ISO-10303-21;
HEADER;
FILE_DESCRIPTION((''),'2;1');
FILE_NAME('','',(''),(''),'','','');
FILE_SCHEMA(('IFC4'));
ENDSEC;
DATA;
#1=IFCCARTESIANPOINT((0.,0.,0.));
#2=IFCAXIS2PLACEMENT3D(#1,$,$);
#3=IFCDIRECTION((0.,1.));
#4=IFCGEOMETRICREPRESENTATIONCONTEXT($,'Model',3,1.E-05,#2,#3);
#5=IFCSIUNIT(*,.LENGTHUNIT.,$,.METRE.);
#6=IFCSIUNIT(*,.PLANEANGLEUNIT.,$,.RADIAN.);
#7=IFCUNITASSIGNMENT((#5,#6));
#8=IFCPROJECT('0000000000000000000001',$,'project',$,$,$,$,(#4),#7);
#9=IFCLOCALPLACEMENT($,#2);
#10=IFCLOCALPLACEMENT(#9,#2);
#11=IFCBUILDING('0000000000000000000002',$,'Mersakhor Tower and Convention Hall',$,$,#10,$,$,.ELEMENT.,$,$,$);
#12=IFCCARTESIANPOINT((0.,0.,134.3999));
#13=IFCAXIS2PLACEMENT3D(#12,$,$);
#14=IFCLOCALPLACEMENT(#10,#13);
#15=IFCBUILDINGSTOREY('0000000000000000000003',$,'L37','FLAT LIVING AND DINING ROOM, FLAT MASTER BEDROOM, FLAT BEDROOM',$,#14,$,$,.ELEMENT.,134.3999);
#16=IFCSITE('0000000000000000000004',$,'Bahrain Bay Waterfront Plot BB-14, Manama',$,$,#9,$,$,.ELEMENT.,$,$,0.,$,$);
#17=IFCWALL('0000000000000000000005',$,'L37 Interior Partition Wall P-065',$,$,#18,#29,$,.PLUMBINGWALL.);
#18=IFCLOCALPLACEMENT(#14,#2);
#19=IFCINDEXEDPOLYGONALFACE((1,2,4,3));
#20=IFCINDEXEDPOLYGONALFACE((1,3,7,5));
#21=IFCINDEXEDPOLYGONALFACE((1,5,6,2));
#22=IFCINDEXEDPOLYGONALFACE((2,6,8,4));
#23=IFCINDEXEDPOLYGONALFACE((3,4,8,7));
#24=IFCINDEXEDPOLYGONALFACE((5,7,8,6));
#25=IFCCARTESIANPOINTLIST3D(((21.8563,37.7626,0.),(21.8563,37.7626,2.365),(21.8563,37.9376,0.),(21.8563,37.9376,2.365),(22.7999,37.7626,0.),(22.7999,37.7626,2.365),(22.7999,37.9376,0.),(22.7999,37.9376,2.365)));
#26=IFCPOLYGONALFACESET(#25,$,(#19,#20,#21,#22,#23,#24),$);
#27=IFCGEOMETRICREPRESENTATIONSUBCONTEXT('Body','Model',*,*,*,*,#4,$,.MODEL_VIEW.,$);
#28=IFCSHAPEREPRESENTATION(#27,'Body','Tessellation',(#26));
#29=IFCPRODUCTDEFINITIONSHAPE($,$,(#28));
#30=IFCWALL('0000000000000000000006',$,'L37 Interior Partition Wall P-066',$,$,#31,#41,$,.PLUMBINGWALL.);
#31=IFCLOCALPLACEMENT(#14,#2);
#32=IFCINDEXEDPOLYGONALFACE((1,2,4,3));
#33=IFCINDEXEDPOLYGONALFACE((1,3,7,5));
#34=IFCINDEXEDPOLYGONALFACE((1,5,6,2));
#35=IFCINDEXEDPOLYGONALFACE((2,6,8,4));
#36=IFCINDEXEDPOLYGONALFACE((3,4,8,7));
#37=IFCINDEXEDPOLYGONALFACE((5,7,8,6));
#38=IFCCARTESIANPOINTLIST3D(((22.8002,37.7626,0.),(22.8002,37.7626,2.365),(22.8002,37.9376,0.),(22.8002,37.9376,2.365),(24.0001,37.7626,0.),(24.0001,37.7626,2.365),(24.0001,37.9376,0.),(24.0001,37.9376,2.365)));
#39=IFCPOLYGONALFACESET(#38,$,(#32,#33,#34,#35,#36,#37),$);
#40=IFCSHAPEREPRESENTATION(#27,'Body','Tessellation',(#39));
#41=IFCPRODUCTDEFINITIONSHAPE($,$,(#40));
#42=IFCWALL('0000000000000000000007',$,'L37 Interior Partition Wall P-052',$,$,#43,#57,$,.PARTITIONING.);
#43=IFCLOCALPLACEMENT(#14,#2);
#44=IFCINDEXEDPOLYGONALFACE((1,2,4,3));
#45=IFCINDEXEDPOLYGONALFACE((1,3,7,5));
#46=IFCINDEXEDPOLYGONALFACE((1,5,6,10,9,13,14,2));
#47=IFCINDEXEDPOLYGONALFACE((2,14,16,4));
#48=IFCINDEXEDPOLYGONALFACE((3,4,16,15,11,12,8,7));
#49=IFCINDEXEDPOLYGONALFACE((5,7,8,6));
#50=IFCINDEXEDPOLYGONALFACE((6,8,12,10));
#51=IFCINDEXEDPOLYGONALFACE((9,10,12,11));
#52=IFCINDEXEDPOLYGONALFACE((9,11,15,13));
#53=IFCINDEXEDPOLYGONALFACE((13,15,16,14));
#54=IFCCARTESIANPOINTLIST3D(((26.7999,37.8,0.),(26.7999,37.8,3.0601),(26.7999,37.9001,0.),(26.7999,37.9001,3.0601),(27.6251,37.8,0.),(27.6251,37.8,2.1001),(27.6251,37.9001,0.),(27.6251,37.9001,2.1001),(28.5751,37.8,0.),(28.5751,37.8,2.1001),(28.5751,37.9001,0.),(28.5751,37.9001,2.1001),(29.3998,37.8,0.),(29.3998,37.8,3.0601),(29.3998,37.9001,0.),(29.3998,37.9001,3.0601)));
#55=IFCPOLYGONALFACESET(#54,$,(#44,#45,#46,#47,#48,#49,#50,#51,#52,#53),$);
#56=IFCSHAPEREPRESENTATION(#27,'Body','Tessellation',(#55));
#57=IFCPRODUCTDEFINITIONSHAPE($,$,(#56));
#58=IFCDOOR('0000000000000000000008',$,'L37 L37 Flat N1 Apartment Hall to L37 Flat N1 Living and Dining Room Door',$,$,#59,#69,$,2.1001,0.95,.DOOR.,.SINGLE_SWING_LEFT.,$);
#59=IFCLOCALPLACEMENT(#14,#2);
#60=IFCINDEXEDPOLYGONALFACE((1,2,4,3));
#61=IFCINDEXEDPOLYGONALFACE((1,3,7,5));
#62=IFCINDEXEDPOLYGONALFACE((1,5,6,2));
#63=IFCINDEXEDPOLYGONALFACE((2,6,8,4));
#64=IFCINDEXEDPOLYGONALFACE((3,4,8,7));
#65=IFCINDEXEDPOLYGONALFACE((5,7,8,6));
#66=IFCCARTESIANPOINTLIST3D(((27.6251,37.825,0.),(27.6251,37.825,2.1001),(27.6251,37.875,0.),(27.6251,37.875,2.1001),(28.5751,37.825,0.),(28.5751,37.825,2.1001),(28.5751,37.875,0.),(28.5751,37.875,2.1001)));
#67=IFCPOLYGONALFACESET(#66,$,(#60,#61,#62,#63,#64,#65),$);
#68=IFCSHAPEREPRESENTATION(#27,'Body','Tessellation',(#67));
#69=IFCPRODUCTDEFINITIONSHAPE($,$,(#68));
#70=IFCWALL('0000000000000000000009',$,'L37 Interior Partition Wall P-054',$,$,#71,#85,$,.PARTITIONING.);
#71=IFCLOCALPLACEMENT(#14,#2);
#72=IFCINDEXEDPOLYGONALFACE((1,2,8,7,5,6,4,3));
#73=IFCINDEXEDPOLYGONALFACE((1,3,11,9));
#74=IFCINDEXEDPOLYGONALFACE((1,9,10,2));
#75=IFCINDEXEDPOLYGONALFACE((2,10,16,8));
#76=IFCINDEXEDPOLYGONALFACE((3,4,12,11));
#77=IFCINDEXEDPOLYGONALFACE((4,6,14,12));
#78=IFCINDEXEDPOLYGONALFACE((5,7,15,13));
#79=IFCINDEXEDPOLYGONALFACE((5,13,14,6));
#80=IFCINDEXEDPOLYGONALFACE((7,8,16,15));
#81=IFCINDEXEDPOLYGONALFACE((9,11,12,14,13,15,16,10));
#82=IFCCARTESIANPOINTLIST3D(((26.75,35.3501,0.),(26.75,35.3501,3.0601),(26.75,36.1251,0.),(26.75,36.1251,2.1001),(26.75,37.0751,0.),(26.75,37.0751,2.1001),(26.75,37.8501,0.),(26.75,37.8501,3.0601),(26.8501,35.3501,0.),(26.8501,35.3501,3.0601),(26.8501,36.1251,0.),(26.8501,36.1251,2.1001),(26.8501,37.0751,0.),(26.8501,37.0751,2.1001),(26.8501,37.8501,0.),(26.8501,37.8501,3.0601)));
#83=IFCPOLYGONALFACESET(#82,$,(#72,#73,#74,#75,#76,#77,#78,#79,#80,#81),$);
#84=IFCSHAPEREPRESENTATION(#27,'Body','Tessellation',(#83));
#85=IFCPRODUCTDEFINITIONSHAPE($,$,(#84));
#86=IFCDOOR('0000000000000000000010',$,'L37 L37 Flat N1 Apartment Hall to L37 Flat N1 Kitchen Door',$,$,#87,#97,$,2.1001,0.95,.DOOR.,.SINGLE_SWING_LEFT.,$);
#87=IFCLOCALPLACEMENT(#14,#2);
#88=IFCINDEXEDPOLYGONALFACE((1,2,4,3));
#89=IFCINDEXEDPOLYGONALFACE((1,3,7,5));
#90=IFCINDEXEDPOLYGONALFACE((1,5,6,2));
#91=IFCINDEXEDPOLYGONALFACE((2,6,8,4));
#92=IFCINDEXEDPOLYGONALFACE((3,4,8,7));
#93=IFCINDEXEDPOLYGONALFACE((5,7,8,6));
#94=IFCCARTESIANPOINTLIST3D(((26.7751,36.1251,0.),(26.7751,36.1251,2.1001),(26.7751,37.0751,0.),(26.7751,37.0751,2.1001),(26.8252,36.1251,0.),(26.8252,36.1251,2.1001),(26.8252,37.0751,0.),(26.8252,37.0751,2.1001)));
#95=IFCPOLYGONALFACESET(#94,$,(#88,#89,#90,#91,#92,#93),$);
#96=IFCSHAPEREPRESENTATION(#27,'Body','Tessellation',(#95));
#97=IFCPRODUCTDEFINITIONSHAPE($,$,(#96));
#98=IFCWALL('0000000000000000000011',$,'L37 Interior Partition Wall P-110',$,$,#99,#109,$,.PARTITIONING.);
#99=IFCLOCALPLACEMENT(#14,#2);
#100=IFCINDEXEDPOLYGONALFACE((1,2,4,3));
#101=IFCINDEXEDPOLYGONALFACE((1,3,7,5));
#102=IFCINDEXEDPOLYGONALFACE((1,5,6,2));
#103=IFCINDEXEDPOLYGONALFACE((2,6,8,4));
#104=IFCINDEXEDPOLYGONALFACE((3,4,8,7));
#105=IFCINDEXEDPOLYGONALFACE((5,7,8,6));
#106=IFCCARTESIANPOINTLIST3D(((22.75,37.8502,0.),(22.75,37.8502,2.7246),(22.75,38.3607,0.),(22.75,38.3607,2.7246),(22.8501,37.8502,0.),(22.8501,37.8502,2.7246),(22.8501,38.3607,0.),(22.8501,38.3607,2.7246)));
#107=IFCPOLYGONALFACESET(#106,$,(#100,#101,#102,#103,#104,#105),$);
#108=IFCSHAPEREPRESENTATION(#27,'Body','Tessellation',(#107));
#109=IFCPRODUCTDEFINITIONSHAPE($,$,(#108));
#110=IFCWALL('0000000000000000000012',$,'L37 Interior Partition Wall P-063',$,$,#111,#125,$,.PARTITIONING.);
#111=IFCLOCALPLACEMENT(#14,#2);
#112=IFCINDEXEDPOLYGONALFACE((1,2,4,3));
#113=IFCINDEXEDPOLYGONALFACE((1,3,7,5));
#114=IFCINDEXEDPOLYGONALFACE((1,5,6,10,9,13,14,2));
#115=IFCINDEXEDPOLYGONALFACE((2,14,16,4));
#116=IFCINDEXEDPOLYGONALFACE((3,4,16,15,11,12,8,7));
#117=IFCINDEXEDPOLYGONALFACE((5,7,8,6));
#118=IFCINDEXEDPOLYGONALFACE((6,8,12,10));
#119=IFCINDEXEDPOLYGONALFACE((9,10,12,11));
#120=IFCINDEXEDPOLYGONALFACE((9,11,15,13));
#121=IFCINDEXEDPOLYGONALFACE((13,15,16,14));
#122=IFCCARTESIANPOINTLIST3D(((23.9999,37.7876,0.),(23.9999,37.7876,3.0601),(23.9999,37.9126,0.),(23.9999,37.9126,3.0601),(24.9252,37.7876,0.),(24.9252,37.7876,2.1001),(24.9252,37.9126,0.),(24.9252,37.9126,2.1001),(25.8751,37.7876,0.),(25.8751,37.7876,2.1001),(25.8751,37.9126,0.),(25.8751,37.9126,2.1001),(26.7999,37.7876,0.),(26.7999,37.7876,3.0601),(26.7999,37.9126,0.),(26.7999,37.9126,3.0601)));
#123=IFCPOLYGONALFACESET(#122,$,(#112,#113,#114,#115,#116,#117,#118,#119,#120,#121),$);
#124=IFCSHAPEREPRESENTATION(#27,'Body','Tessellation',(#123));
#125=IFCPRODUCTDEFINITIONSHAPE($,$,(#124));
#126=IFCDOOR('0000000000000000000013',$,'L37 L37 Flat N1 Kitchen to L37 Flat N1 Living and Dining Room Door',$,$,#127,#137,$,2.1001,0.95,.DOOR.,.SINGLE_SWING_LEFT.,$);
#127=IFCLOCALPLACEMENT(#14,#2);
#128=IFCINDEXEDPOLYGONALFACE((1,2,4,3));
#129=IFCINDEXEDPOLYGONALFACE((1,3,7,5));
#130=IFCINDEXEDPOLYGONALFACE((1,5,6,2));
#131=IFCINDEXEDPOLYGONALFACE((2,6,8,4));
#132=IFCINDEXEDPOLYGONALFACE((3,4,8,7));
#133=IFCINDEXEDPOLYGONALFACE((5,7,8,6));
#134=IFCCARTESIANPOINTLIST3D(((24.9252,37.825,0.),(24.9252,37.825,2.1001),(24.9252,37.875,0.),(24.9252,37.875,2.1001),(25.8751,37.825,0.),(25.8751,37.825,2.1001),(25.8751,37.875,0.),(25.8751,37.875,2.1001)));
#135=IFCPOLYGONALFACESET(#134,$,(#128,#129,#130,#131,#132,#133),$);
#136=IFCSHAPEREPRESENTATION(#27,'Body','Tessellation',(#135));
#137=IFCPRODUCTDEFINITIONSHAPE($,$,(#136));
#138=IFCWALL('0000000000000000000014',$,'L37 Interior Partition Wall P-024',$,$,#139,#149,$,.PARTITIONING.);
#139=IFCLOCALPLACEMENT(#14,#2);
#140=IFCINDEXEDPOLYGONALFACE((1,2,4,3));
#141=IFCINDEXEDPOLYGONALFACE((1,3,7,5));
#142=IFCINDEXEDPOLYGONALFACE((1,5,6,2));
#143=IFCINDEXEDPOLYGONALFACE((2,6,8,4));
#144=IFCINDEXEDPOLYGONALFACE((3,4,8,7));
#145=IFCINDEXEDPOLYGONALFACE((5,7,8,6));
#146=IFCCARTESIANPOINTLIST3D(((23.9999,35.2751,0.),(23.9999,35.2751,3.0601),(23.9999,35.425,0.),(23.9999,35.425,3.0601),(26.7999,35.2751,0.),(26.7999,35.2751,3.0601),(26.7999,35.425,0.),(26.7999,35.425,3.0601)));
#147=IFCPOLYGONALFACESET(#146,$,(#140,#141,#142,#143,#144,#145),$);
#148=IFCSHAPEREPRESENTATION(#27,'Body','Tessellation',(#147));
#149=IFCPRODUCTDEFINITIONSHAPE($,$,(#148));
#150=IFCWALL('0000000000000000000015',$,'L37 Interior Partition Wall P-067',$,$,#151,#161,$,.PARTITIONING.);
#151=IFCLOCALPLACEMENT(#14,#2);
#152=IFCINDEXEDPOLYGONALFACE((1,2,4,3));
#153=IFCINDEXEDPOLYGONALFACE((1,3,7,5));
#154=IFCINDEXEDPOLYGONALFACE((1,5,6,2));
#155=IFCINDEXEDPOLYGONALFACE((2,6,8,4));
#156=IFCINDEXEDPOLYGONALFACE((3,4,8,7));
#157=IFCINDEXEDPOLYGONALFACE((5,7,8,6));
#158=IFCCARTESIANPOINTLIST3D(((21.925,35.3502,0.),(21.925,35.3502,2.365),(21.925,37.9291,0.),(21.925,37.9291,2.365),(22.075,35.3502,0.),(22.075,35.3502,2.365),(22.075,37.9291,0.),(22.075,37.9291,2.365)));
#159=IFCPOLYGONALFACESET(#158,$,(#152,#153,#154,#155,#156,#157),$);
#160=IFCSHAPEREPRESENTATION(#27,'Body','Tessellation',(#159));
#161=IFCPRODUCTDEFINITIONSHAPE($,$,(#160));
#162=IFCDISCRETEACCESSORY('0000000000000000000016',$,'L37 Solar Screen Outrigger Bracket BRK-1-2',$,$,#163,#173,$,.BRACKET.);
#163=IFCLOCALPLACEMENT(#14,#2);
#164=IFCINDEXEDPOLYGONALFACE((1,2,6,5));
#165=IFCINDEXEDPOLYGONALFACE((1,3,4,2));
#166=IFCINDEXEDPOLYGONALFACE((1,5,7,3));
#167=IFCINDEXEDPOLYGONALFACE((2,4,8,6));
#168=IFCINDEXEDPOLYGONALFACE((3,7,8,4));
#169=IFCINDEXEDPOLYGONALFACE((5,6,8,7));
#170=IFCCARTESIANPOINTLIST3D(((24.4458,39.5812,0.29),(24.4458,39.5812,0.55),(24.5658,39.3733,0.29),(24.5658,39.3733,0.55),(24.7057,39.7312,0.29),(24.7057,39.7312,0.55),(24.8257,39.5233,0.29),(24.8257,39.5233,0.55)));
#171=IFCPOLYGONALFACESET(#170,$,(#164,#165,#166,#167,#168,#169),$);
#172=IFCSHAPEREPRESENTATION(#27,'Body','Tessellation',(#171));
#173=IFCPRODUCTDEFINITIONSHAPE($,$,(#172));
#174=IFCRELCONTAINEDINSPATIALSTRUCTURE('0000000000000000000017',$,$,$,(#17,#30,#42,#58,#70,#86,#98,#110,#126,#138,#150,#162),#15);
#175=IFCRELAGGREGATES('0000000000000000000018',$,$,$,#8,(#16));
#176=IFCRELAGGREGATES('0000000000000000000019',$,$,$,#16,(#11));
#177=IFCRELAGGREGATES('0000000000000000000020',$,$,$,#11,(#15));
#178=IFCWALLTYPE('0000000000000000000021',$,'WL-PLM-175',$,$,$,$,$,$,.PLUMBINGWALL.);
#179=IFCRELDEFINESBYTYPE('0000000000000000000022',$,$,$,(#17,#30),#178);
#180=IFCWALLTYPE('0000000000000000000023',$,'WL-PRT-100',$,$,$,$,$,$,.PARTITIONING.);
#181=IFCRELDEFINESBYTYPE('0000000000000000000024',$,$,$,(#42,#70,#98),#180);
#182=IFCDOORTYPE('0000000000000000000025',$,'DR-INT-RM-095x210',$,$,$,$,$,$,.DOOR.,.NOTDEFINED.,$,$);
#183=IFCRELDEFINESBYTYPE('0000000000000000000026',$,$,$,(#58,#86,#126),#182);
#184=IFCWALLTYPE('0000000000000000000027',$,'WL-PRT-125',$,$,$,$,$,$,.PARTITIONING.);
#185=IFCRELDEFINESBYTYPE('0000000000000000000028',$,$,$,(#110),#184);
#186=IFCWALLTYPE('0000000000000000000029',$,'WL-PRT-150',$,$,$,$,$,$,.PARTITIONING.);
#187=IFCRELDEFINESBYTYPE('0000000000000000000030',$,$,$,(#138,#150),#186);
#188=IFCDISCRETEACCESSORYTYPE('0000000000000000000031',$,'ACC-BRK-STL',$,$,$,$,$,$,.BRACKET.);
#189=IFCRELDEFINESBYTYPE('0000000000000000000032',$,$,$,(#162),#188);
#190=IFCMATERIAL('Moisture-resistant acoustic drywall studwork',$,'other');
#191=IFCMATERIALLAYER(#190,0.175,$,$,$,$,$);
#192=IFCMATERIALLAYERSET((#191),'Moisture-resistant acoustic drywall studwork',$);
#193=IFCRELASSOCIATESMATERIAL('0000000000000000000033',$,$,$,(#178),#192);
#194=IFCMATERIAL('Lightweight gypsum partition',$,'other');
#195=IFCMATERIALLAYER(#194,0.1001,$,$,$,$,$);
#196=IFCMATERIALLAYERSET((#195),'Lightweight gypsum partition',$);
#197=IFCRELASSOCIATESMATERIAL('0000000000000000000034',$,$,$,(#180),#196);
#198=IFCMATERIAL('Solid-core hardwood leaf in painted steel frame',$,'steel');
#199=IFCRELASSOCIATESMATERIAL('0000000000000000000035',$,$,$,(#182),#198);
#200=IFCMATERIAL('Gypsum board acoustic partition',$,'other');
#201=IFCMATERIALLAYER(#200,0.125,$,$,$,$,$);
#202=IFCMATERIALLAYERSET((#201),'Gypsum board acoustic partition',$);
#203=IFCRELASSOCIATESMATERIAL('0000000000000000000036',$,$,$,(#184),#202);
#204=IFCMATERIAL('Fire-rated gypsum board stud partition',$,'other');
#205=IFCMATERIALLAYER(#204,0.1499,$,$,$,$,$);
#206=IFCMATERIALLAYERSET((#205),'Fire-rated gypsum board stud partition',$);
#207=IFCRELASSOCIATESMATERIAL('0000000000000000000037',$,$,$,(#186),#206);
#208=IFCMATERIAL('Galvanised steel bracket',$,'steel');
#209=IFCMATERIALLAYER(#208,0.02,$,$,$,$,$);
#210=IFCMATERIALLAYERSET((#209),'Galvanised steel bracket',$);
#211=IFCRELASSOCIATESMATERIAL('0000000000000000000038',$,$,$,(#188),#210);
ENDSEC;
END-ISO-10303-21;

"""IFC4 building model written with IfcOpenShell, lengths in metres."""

from ifc_helpers import new_model, si_unit, direction, frame, frame_2d, origin, origin_2d, place, context, subcontext, project, spatial, rectangle, extrude, material, layer, layer_set, type_object, element, fill, save


model = new_model("IFC4")

# Units and contexts
model_context = context("Model", 3, precision=1e-05, world=origin(), true_north=direction((0.0, 1.0)))
body_context = subcontext(model_context, "Body", "Model", "MODEL_VIEW")
ifc_project = project(units=[si_unit("LENGTHUNIT", "METRE"), si_unit("PLANEANGLEUNIT", "RADIAN")], contexts=[model_context])

# Site, building, storey
site_placement = place(None, origin())
site = spatial("IfcSite", under=ifc_project, at=site_placement, Name="Bahrain Bay Waterfront Plot BB-14, Manama", CompositionType="ELEMENT", RefElevation=0.0)
building_placement = place(site_placement, origin())
building = spatial("IfcBuilding", under=site, at=building_placement, Name="Mersakhor Tower and Convention Hall", CompositionType="ELEMENT")
storey_placement = place(building_placement, frame((0.0, 0.0, 134.3999)))
storey = spatial("IfcBuildingStorey", under=building, at=storey_placement, Name="L37", Description="FLAT LIVING AND DINING ROOM, FLAT MASTER BEDROOM, FLAT BEDROOM", CompositionType="ELEMENT", Elevation=134.3999)

# Shared definitions
ifc_material_1 = material(Name="Moisture-resistant acoustic drywall studwork", Category="other")
ifc_layer_1 = layer(ifc_material_1, 0.175)
ifc_layer_set_1 = layer_set([ifc_layer_1], Name="Moisture-resistant acoustic drywall studwork")
wall_type_1 = type_object("IfcWallType", Name="WL-PLM-175", PredefinedType="PLUMBINGWALL", material=ifc_layer_set_1)

# Walls
wall_1_placement = place(storey_placement, frame((21.8564, 37.8501, 0.0), z_axis=(0.0, 0.0, 1.0), x_axis=(1.0, 0.0, 0.0)))
element("IfcWall", 1, at=wall_1_placement, inside=storey, type_object=wall_type_1, Name="L37 Interior Partition Wall P-065", PredefinedType="PLUMBINGWALL", context=body_context, shape_type="SweptSolid", body=[
    extrude(rectangle(XDim=0.9436, YDim=0.175, at=frame_2d((0.4717, 0.0))), origin(), (0.0, 0.0, 1.0), 2.365),
])
wall_2_placement = place(storey_placement, frame((22.8, 37.8501, 0.0), z_axis=(0.0, 0.0, 1.0), x_axis=(1.0, 0.0, 0.0)))
element("IfcWall", 2, at=wall_2_placement, inside=storey, type_object=wall_type_1, Name="L37 Interior Partition Wall P-066", PredefinedType="PLUMBINGWALL", context=body_context, shape_type="SweptSolid", body=[
    extrude(rectangle(XDim=1.2, YDim=0.175, at=frame_2d((0.6001, 0.0))), origin(), (0.0, 0.0, 1.0), 2.365),
])

# Walls, openings, doors
ifc_material_2 = material(Name="Lightweight gypsum partition", Category="other")
ifc_layer_2 = layer(ifc_material_2, 0.1001)
ifc_layer_set_2 = layer_set([ifc_layer_2], Name="Lightweight gypsum partition")
wall_type_2 = type_object("IfcWallType", Name="WL-PRT-100", PredefinedType="PARTITIONING", material=ifc_layer_set_2)
wall_3_placement = place(storey_placement, frame((26.8, 37.8501, 0.0), z_axis=(0.0, 0.0, 1.0), x_axis=(1.0, 0.0, 0.0)))
wall_3 = element("IfcWall", 3, at=wall_3_placement, inside=storey, type_object=wall_type_2, Name="L37 Interior Partition Wall P-052", PredefinedType="PARTITIONING", context=body_context, shape_type="SweptSolid", body=[
    extrude(rectangle(XDim=2.5999, YDim=0.1001, at=frame_2d((1.2998, 0.0))), origin(), (0.0, 0.0, 1.0), 3.0601),
])
opening_1_placement = place(wall_3_placement, frame((0.825, 0.0, 0.0)))
opening_1 = element("IfcOpeningElement", 4, at=opening_1_placement, cuts=wall_3, PredefinedType="OPENING", context=body_context, shape_type="SweptSolid", body=[
    extrude(rectangle(XDim=0.95, YDim=2.1001, at=frame_2d((0.4751, 1.05))), frame((0.0, 0.0601, 0.0), z_axis=(0.0, -1.0, 0.0), x_axis=(1.0, 0.0, 0.0)), (0.0, 0.0, 1.0), 0.1201),
])
ifc_material_3 = material(Name="Solid-core hardwood leaf in painted steel frame", Category="steel")
door_type_1 = type_object("IfcDoorType", Name="DR-INT-RM-095x210", OperationType="NOTDEFINED", PredefinedType="DOOR", material=ifc_material_3)
door_1_placement = place(opening_1_placement, origin())
door_1 = element("IfcDoor", 5, at=door_1_placement, inside=storey, type_object=door_type_1, Name="L37 L37 Flat N1 Apartment Hall to L37 Flat N1 Living and Dining Room Door", OperationType="SINGLE_SWING_LEFT", OverallHeight=2.1001, OverallWidth=0.95, PredefinedType="DOOR", context=body_context, shape_type="SweptSolid", body=[
    extrude(rectangle(XDim=0.95, YDim=2.1001, at=frame_2d((0.4751, 1.05))), frame((0.0, 0.0249, 0.0), z_axis=(0.0, -1.0, 0.0), x_axis=(1.0, 0.0, 0.0)), (0.0, 0.0, 1.0), 0.05),
])
fill(opening_1, door_1)
wall_4_placement = place(storey_placement, frame((26.8, 35.3501, 0.0), z_axis=(0.0, 0.0, 1.0), x_axis=(0.0, 1.0, 0.0)))
wall_4 = element("IfcWall", 6, at=wall_4_placement, inside=storey, type_object=wall_type_2, Name="L37 Interior Partition Wall P-054", PredefinedType="PARTITIONING", context=body_context, shape_type="SweptSolid", body=[
    extrude(rectangle(XDim=2.5, YDim=0.1001, at=frame_2d((1.25, 0.0))), origin(), (0.0, 0.0, 1.0), 3.0601),
])
opening_2_placement = place(wall_4_placement, frame((0.7749, 0.0, 0.0)))
opening_2 = element("IfcOpeningElement", 7, at=opening_2_placement, cuts=wall_4, PredefinedType="OPENING", context=body_context, shape_type="SweptSolid", body=[
    extrude(rectangle(XDim=0.95, YDim=2.1001, at=frame_2d((0.4751, 1.05))), frame((0.0, 0.0601, 0.0), z_axis=(0.0, -1.0, 0.0), x_axis=(1.0, 0.0, 0.0)), (0.0, 0.0, 1.0), 0.1201),
])
door_2_placement = place(opening_2_placement, origin())
door_2 = element("IfcDoor", 8, at=door_2_placement, inside=storey, type_object=door_type_1, Name="L37 L37 Flat N1 Apartment Hall to L37 Flat N1 Kitchen Door", OperationType="SINGLE_SWING_LEFT", OverallHeight=2.1001, OverallWidth=0.95, PredefinedType="DOOR", context=body_context, shape_type="SweptSolid", body=[
    extrude(rectangle(XDim=0.95, YDim=2.1001, at=frame_2d((0.4751, 1.05))), frame((0.0, 0.0249, 0.0), z_axis=(0.0, -1.0, 0.0), x_axis=(1.0, 0.0, 0.0)), (0.0, 0.0, 1.0), 0.05),
])
fill(opening_2, door_2)

# Wall
wall_5_placement = place(storey_placement, frame((22.8, 37.8501, 0.0), z_axis=(0.0, 0.0, 1.0), x_axis=(0.0, 1.0, 0.0)))
element("IfcWall", 9, at=wall_5_placement, inside=storey, type_object=wall_type_2, Name="L37 Interior Partition Wall P-110", PredefinedType="PARTITIONING", context=body_context, shape_type="SweptSolid", body=[
    extrude(rectangle(XDim=0.5105, YDim=0.1001, at=frame_2d((0.2554, 0.0))), origin(), (0.0, 0.0, 1.0), 2.7246),
])

# Wall, opening, door
ifc_material_4 = material(Name="Gypsum board acoustic partition", Category="other")
ifc_layer_3 = layer(ifc_material_4, 0.125)
ifc_layer_set_3 = layer_set([ifc_layer_3], Name="Gypsum board acoustic partition")
wall_type_3 = type_object("IfcWallType", Name="WL-PRT-125", PredefinedType="PARTITIONING", material=ifc_layer_set_3)
wall_6_placement = place(storey_placement, frame((24.0, 37.8501, 0.0), z_axis=(0.0, 0.0, 1.0), x_axis=(1.0, 0.0, 0.0)))
wall_6 = element("IfcWall", 10, at=wall_6_placement, inside=storey, type_object=wall_type_3, Name="L37 Interior Partition Wall P-063", PredefinedType="PARTITIONING", context=body_context, shape_type="SweptSolid", body=[
    extrude(rectangle(XDim=2.8, YDim=0.125, at=frame_2d((1.3999, 0.0))), origin(), (0.0, 0.0, 1.0), 3.0601),
])
opening_3_placement = place(wall_6_placement, frame((0.925, 0.0, 0.0)))
opening_3 = element("IfcOpeningElement", 11, at=opening_3_placement, cuts=wall_6, PredefinedType="OPENING", context=body_context, shape_type="SweptSolid", body=[
    extrude(rectangle(XDim=0.95, YDim=2.1001, at=frame_2d((0.4751, 1.05))), frame((0.0, 0.0725, 0.0), z_axis=(0.0, -1.0, 0.0), x_axis=(1.0, 0.0, 0.0)), (0.0, 0.0, 1.0), 0.145),
])
door_3_placement = place(opening_3_placement, origin())
door_3 = element("IfcDoor", 12, at=door_3_placement, inside=storey, type_object=door_type_1, Name="L37 L37 Flat N1 Kitchen to L37 Flat N1 Living and Dining Room Door", OperationType="SINGLE_SWING_LEFT", OverallHeight=2.1001, OverallWidth=0.95, PredefinedType="DOOR", context=body_context, shape_type="SweptSolid", body=[
    extrude(rectangle(XDim=0.95, YDim=2.1001, at=frame_2d((0.4751, 1.05))), frame((0.0, 0.0249, 0.0), z_axis=(0.0, -1.0, 0.0), x_axis=(1.0, 0.0, 0.0)), (0.0, 0.0, 1.0), 0.05),
])
fill(opening_3, door_3)

# Wall
ifc_material_5 = material(Name="Fire-rated gypsum board stud partition", Category="other")
ifc_layer_4 = layer(ifc_material_5, 0.1499)
ifc_layer_set_4 = layer_set([ifc_layer_4], Name="Fire-rated gypsum board stud partition")
wall_type_4 = type_object("IfcWallType", Name="WL-PRT-150", PredefinedType="PARTITIONING", material=ifc_layer_set_4)
wall_7_placement = place(storey_placement, frame((24.0, 35.3501, 0.0), z_axis=(0.0, 0.0, 1.0), x_axis=(1.0, 0.0, 0.0)))
element("IfcWall", 13, at=wall_7_placement, inside=storey, type_object=wall_type_4, Name="L37 Interior Partition Wall P-024", PredefinedType="PARTITIONING", context=body_context, shape_type="SweptSolid", body=[
    extrude(rectangle(XDim=2.8, YDim=0.1499, at=frame_2d((1.3999, 0.0))), origin(), (0.0, 0.0, 1.0), 3.0601),
])

# Wall
wall_8_placement = place(storey_placement, frame((22.0, 35.3501, 0.0), z_axis=(0.0, 0.0, 1.0), x_axis=(0.0, 1.0, 0.0)))
element("IfcWall", 14, at=wall_8_placement, inside=storey, type_object=wall_type_4, Name="L37 Interior Partition Wall P-067", PredefinedType="PARTITIONING", context=body_context, shape_type="SweptSolid", body=[
    extrude(rectangle(XDim=2.5789, YDim=0.1499, at=frame_2d((1.2896, 0.0))), origin(), (0.0, 0.0, 1.0), 2.365),
])

# Discrete accessory
ifc_material_6 = material(Name="Galvanised steel bracket", Category="steel")
ifc_layer_5 = layer(ifc_material_6, 0.02)
ifc_layer_set_5 = layer_set([ifc_layer_5], Name="Galvanised steel bracket")
discrete_accessory_type = type_object("IfcDiscreteAccessoryType", Name="ACC-BRK-STL", PredefinedType="BRACKET", material=ifc_layer_set_5)
discrete_accessory_1_placement = place(storey_placement, frame((24.6357, 39.5522, 0.29), z_axis=(0.0, 0.0, 1.0), x_axis=(0.866025, 0.5, 0.0)))
element("IfcDiscreteAccessory", 15, at=discrete_accessory_1_placement, inside=storey, type_object=discrete_accessory_type, Name="L37 Solar Screen Outrigger Bracket BRK-1-2", PredefinedType="BRACKET", context=body_context, shape_type="SweptSolid", body=[
    extrude(rectangle(XDim=0.3, YDim=0.24, at=origin_2d()), origin(), (0.0, 0.0, 1.0), 0.26),
])

save(model, "model.ifc")
